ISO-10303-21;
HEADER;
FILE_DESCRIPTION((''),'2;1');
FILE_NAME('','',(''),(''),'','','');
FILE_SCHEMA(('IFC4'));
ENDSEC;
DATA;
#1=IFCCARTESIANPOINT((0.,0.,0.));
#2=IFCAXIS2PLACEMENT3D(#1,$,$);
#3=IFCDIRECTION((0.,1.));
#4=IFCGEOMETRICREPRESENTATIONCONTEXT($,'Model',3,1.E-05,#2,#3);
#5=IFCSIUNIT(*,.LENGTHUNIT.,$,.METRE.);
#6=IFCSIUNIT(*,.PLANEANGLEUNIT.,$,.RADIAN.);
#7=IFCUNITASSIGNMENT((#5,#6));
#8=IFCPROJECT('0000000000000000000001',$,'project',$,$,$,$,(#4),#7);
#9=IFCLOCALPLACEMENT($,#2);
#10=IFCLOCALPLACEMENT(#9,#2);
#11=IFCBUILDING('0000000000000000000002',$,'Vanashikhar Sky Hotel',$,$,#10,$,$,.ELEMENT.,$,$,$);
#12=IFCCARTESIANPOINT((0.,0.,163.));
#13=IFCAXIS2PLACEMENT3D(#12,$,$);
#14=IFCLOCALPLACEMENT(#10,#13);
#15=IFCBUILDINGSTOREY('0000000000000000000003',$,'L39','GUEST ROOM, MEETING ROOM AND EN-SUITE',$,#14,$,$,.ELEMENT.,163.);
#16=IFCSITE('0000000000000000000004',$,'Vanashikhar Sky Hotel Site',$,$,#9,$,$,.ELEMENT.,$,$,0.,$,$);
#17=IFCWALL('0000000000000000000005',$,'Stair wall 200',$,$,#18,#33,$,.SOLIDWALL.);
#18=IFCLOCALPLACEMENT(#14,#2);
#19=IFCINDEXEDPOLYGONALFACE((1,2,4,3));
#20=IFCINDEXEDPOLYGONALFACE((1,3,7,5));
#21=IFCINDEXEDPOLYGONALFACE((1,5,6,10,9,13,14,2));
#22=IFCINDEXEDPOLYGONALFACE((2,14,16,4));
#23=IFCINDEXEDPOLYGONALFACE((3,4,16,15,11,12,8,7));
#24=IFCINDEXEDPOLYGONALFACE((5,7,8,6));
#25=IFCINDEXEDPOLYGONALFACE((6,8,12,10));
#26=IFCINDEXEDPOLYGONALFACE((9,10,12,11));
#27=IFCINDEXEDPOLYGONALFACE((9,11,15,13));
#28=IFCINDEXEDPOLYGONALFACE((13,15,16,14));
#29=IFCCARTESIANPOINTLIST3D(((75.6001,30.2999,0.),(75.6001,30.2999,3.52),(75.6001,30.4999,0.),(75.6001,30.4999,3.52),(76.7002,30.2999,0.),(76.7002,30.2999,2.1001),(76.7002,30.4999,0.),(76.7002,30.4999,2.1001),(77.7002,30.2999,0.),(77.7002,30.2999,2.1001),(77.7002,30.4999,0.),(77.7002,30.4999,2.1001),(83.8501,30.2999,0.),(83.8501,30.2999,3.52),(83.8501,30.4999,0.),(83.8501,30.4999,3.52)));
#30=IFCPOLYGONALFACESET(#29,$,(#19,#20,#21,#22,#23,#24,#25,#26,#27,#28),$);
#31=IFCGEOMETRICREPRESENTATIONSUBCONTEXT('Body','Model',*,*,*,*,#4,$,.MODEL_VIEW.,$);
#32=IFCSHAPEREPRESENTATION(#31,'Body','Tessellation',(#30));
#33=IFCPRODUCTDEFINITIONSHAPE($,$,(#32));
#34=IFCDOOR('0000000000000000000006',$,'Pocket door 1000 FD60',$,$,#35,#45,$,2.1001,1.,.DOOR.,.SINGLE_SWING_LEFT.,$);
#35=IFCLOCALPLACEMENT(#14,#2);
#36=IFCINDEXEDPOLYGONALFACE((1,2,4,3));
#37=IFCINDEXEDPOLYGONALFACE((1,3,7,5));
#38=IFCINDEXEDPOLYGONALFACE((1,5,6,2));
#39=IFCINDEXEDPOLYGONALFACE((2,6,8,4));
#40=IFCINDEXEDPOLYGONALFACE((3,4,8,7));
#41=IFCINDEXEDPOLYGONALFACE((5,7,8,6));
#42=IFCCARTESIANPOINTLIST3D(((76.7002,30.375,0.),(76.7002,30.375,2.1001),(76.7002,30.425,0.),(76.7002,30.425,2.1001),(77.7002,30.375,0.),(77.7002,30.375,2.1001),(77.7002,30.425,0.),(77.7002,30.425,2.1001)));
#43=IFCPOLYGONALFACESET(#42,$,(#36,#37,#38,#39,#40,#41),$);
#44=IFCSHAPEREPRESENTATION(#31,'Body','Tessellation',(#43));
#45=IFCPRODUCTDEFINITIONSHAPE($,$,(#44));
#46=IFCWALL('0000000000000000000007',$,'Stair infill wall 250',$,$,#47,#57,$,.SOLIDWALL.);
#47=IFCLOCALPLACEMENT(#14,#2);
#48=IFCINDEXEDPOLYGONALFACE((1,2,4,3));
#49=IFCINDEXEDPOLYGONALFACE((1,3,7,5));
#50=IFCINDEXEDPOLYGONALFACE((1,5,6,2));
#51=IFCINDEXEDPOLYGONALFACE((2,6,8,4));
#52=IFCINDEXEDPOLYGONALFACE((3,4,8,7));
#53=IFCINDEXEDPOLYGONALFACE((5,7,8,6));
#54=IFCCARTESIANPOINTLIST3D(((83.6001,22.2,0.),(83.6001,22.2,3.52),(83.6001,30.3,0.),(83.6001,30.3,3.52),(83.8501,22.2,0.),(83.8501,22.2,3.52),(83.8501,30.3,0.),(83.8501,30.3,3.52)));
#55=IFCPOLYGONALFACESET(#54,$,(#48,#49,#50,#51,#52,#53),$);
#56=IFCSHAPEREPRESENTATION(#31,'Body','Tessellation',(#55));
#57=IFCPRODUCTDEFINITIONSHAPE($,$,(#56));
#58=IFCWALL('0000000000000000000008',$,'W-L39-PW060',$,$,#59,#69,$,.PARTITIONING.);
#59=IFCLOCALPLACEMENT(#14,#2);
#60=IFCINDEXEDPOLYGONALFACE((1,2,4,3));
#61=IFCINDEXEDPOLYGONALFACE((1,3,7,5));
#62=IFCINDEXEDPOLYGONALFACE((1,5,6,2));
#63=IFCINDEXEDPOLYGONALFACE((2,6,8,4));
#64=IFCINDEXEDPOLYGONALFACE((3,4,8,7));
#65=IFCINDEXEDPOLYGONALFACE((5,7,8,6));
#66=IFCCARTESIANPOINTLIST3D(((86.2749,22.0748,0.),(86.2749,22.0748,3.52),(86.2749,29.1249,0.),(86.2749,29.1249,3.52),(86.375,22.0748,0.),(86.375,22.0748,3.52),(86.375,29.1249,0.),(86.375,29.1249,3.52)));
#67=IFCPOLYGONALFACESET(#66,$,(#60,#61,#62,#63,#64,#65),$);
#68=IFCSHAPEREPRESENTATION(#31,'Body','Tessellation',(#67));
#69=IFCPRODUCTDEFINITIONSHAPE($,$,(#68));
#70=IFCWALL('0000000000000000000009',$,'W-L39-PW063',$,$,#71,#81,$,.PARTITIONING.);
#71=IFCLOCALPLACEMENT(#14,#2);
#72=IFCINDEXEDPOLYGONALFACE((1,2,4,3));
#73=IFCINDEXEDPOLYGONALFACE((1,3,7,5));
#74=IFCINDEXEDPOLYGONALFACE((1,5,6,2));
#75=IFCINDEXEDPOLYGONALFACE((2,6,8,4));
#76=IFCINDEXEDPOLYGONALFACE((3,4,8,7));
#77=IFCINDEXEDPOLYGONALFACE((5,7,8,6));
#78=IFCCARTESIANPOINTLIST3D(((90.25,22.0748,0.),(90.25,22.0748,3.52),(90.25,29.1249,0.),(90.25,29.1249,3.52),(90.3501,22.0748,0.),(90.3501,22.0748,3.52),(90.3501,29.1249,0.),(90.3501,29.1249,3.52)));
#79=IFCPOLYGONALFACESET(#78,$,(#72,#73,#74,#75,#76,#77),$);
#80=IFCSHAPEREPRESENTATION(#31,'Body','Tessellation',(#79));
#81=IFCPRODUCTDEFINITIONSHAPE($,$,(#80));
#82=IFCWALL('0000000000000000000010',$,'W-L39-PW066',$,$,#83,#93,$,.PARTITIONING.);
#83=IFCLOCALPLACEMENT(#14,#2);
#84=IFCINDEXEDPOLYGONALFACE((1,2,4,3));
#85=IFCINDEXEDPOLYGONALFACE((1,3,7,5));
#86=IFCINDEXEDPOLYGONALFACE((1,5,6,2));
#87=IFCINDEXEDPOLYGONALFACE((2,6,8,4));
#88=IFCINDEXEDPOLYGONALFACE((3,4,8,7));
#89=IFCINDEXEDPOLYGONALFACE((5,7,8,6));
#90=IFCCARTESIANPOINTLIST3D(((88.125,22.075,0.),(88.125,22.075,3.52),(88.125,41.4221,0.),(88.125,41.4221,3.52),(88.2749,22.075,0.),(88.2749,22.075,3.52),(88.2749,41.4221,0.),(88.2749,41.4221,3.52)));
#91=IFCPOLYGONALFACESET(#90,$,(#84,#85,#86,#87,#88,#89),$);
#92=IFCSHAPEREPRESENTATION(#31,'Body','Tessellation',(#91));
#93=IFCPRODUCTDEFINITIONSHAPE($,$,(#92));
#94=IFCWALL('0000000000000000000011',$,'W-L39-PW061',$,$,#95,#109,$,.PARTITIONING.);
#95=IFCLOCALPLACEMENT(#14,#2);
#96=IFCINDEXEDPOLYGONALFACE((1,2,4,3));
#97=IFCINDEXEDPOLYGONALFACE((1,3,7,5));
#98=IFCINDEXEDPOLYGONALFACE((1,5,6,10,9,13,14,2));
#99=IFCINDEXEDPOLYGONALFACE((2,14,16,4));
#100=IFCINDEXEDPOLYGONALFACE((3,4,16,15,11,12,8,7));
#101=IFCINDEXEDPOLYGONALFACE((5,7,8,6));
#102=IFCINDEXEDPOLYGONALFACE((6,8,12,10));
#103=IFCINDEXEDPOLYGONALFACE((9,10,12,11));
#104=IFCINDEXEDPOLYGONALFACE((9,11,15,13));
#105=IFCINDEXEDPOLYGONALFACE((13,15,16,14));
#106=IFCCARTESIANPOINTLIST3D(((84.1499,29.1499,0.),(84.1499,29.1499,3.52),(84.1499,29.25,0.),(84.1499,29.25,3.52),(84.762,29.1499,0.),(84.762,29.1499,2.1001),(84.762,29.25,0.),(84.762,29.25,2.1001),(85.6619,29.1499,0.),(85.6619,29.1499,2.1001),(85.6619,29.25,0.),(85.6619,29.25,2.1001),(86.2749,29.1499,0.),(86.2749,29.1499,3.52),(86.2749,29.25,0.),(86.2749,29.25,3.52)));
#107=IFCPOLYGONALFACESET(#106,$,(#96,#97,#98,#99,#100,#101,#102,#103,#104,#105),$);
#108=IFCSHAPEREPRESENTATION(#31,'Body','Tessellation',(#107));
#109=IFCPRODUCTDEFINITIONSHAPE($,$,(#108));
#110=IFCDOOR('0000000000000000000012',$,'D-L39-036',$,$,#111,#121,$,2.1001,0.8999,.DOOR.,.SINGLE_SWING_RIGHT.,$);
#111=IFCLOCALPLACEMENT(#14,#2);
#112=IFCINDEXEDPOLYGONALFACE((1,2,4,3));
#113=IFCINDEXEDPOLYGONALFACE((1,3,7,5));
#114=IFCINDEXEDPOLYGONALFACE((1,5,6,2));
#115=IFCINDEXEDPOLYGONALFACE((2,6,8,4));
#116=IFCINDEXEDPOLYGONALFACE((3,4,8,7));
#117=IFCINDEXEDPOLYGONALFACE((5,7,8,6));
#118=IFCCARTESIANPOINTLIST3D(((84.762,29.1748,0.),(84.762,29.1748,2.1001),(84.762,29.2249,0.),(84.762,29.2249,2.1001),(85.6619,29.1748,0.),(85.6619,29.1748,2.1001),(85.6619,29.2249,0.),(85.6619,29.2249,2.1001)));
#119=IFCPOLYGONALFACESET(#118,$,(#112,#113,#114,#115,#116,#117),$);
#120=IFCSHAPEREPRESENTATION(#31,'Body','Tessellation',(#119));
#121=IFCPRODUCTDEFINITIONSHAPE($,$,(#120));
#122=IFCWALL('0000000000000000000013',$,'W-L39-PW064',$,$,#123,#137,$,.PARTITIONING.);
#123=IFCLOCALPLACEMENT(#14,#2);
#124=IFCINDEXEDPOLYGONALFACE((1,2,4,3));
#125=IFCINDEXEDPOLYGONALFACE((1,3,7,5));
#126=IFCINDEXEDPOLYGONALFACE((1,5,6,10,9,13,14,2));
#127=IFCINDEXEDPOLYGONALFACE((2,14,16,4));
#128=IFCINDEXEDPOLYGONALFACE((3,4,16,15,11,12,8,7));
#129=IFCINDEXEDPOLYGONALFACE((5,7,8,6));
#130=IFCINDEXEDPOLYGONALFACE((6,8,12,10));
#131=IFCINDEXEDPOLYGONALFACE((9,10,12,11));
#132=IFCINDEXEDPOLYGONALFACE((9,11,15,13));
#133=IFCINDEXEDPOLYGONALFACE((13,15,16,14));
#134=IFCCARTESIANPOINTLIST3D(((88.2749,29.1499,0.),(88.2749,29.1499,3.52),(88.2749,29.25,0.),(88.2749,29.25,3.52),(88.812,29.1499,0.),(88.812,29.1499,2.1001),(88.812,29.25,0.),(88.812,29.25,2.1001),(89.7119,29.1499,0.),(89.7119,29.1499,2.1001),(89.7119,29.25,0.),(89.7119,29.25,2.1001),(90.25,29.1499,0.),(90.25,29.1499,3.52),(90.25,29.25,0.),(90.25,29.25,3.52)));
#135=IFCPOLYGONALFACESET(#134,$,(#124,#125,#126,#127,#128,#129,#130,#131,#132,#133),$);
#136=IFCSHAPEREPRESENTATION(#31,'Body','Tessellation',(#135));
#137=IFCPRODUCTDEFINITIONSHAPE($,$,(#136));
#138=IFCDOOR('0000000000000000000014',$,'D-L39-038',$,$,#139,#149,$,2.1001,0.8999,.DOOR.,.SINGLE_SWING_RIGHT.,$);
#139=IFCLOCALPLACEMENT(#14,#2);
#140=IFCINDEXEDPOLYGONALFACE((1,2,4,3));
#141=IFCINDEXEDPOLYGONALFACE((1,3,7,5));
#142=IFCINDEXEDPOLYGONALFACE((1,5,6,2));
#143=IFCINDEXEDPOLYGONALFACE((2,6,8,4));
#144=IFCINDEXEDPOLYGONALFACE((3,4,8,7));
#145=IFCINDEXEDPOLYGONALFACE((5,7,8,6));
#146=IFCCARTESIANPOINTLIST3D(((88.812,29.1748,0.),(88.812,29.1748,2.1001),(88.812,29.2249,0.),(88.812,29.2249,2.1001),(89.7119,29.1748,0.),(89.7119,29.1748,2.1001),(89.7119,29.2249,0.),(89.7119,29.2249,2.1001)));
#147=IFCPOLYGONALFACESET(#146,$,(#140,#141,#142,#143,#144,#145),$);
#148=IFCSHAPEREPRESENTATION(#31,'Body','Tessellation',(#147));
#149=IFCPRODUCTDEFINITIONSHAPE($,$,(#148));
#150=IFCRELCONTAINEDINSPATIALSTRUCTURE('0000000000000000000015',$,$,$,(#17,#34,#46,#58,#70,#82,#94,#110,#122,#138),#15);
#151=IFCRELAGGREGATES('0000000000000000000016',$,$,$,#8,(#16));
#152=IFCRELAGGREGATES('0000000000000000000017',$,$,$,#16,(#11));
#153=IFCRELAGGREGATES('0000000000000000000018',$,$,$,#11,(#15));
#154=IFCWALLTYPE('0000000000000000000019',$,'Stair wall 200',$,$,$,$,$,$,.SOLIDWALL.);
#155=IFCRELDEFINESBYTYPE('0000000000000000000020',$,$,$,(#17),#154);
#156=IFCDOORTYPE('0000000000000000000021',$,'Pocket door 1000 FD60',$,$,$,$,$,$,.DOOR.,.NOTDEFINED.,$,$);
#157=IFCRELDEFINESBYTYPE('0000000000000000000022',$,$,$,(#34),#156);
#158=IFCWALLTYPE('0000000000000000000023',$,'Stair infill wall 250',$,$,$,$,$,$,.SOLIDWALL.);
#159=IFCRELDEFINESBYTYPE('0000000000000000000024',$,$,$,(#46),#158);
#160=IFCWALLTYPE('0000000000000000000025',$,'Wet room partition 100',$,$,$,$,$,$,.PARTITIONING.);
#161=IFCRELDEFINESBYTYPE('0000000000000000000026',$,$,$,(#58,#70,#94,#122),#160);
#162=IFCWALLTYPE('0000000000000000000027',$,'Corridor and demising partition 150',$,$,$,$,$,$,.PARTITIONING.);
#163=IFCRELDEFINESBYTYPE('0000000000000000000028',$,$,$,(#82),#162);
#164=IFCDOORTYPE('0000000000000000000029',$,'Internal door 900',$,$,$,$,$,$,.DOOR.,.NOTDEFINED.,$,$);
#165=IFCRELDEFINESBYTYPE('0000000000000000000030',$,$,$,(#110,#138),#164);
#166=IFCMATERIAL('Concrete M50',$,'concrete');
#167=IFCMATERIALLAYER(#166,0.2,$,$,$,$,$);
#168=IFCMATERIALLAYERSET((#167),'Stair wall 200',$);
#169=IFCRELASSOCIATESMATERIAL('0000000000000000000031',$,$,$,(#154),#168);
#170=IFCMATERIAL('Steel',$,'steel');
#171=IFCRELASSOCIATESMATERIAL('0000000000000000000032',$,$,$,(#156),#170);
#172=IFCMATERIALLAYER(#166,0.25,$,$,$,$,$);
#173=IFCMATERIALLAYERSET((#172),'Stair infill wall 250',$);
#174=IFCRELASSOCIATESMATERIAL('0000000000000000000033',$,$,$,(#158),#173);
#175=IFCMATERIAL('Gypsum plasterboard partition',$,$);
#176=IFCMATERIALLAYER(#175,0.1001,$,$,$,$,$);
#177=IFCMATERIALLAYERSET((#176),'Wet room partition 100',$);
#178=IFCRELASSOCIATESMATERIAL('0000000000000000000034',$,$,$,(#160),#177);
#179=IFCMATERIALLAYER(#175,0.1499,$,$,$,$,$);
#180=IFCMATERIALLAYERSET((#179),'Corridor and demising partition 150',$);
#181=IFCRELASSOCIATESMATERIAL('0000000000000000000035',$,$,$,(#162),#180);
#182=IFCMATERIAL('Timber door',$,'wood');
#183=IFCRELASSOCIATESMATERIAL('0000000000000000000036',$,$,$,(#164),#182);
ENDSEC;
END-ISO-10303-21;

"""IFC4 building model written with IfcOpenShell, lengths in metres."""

from ifc_helpers import new_model, si_unit, direction, frame, frame_2d, origin, place, context, subcontext, project, spatial, rectangle, extrude, source, transform, mapped, material, layer, layer_set, type_object, element, fill, save


model = new_model("IFC4")

# Units and contexts
model_context = context("Model", 3, precision=1e-05, world=origin(), true_north=direction((0.0, 1.0)))
body_context = subcontext(model_context, "Body", "Model", "MODEL_VIEW")
ifc_project = project(units=[si_unit("LENGTHUNIT", "METRE"), si_unit("PLANEANGLEUNIT", "RADIAN")], contexts=[model_context])

# Site, building, storey
site_placement = place(None, origin())
site = spatial("IfcSite", under=ifc_project, at=site_placement, Name="Vanashikhar Sky Hotel Site", CompositionType="ELEMENT", RefElevation=0.0)
building_placement = place(site_placement, origin())
building = spatial("IfcBuilding", under=site, at=building_placement, Name="Vanashikhar Sky Hotel", CompositionType="ELEMENT")
storey_placement = place(building_placement, frame((0.0, 0.0, 163.0)))
storey = spatial("IfcBuildingStorey", under=building, at=storey_placement, Name="L39", Description="GUEST ROOM, MEETING ROOM AND EN-SUITE", CompositionType="ELEMENT", Elevation=163.0)

# Shared definitions
ifc_material_1 = material(Name="Steel", Category="steel")
ifc_material_2 = material(Name="Concrete M50", Category="concrete")
ifc_layer_1 = layer(ifc_material_2, 0.2)
ifc_layer_set_1 = layer_set([ifc_layer_1], Name="Stair wall 200")
wall_type_1 = type_object("IfcWallType", Name="Stair wall 200", PredefinedType="SOLIDWALL", material=ifc_layer_set_1)

# Wall, opening, door
shared_shape_1 = source(origin(), body_context, "Body", "SweptSolid", [
    extrude(rectangle(XDim=8.25, YDim=0.2, at=frame_2d((4.125, 0.0))), origin(), (0.0, 0.0, 1.0), 3.52),
])
wall_1_placement = place(storey_placement, frame((83.8501, 30.3999, 0.0), z_axis=(0.0, 0.0, 1.0), x_axis=(-1.0, 0.0, 0.0)))
wall_1 = element("IfcWall", 1, at=wall_1_placement, inside=storey, type_object=wall_type_1, Name="Stair wall 200", PredefinedType="SOLIDWALL", context=body_context, shape_type="MappedRepresentation", body=[
    mapped(shared_shape_1, transform((0.0, 0.0, 0.0), scale=1.0)),
])
shared_shape_2 = source(origin(), body_context, "Body", "SweptSolid", [
    extrude(rectangle(XDim=1.0, YDim=2.1001, at=frame_2d((0.5, 1.05))), frame((0.0, 0.1099, 0.0), z_axis=(0.0, -1.0, 0.0), x_axis=(1.0, 0.0, 0.0)), (0.0, 0.0, 1.0), 0.22),
])
opening_1_placement = place(wall_1_placement, frame((6.1499, 0.0, 0.0)))
opening_1 = element("IfcOpeningElement", 2, at=opening_1_placement, cuts=wall_1, PredefinedType="OPENING", context=body_context, shape_type="MappedRepresentation", body=[
    mapped(shared_shape_2, transform((0.0, 0.0, 0.0), scale=1.0)),
])
door_type_1 = type_object("IfcDoorType", Name="Pocket door 1000 FD60", OperationType="NOTDEFINED", PredefinedType="DOOR", material=ifc_material_1)
shared_shape_3 = source(origin(), body_context, "Body", "SweptSolid", [
    extrude(rectangle(XDim=1.0, YDim=2.1001, at=frame_2d((0.5, 1.05))), frame((0.0, 0.0249, 0.0), z_axis=(0.0, -1.0, 0.0), x_axis=(1.0, 0.0, 0.0)), (0.0, 0.0, 1.0), 0.05),
])
door_1_placement = place(opening_1_placement, origin())
door_1 = element("IfcDoor", 3, at=door_1_placement, inside=storey, type_object=door_type_1, Name="Pocket door 1000 FD60", OperationType="SINGLE_SWING_LEFT", OverallHeight=2.1001, OverallWidth=1.0, PredefinedType="DOOR", context=body_context, shape_type="MappedRepresentation", body=[
    mapped(shared_shape_3, transform((0.0, 0.0, 0.0), scale=1.0)),
])
fill(opening_1, door_1)

# Walls
ifc_layer_2 = layer(ifc_material_2, 0.25)
ifc_layer_set_2 = layer_set([ifc_layer_2], Name="Stair infill wall 250")
wall_type_2 = type_object("IfcWallType", Name="Stair infill wall 250", PredefinedType="SOLIDWALL", material=ifc_layer_set_2)
shared_shape_4 = source(origin(), body_context, "Body", "SweptSolid", [
    extrude(rectangle(XDim=8.1001, YDim=0.25, at=frame_2d((4.05, 0.0))), origin(), (0.0, 0.0, 1.0), 3.52),
])
wall_2_placement = place(storey_placement, frame((83.7251, 22.2, 0.0), z_axis=(0.0, 0.0, 1.0), x_axis=(0.0, 1.0, 0.0)))
element("IfcWall", 4, at=wall_2_placement, inside=storey, type_object=wall_type_2, Name="Stair infill wall 250", PredefinedType="SOLIDWALL", context=body_context, shape_type="MappedRepresentation", body=[
    mapped(shared_shape_4, transform((0.0, 0.0, 0.0), scale=1.0)),
])
ifc_material_3 = material(Name="Gypsum plasterboard partition")
ifc_layer_3 = layer(ifc_material_3, 0.1001)
ifc_layer_set_3 = layer_set([ifc_layer_3], Name="Wet room partition 100")
wall_type_3 = type_object("IfcWallType", Name="Wet room partition 100", PredefinedType="PARTITIONING", material=ifc_layer_set_3)
shared_shape_5 = source(origin(), body_context, "Body", "SweptSolid", [
    extrude(rectangle(XDim=7.05, YDim=0.1001, at=frame_2d((3.5249, 0.0))), origin(), (0.0, 0.0, 1.0), 3.52),
])
for number, where, z_axis, x_axis, name in (
    (5, (86.325, 22.075, 0.0), (0.0, 0.0, 1.0), (0.0, 1.0, 0.0), "W-L39-PW060"),
    (6, (90.3, 22.075, 0.0), (0.0, 0.0, 1.0), (0.0, 1.0, 0.0), "W-L39-PW063"),
):
    element("IfcWall", number, at=place(storey_placement, frame(where, z_axis=z_axis, x_axis=x_axis)), inside=storey, type_object=wall_type_3, Name=name, PredefinedType="PARTITIONING", context=body_context, shape_type="MappedRepresentation", body=[
        mapped(shared_shape_5, transform((0.0, 0.0, 0.0), scale=1.0)),
    ])
ifc_layer_4 = layer(ifc_material_3, 0.1499)
ifc_layer_set_4 = layer_set([ifc_layer_4], Name="Corridor and demising partition 150")
wall_type_4 = type_object("IfcWallType", Name="Corridor and demising partition 150", PredefinedType="PARTITIONING", material=ifc_layer_set_4)
shared_shape_6 = source(origin(), body_context, "Body", "SweptSolid", [
    extrude(rectangle(XDim=19.3472, YDim=0.1499, at=frame_2d((9.6736, 0.0))), origin(), (0.0, 0.0, 1.0), 3.52),
])
wall_3_placement = place(storey_placement, frame((88.2, 22.075, 0.0), z_axis=(0.0, 0.0, 1.0), x_axis=(0.0, 1.0, 0.0)))
element("IfcWall", 7, at=wall_3_placement, inside=storey, type_object=wall_type_4, Name="W-L39-PW066", PredefinedType="PARTITIONING", context=body_context, shape_type="MappedRepresentation", body=[
    mapped(shared_shape_6, transform((0.0, 0.0, 0.0), scale=1.0)),
])

# Walls, openings, doors
shared_shape_7 = source(origin(), body_context, "Body", "SweptSolid", [
    extrude(rectangle(XDim=2.125, YDim=0.1001, at=frame_2d((1.0625, 0.0))), origin(), (0.0, 0.0, 1.0), 3.52),
])
wall_4_placement = place(storey_placement, frame((84.1499, 29.2, 0.0), z_axis=(0.0, 0.0, 1.0), x_axis=(1.0, 0.0, 0.0)))
wall_4 = element("IfcWall", 8, at=wall_4_placement, inside=storey, type_object=wall_type_3, Name="W-L39-PW061", PredefinedType="PARTITIONING", context=body_context, shape_type="MappedRepresentation", body=[
    mapped(shared_shape_7, transform((0.0, 0.0, 0.0), scale=1.0)),
])
shared_shape_8 = source(origin(), body_context, "Body", "SweptSolid", [
    extrude(rectangle(XDim=0.8999, YDim=2.1001, at=frame_2d((0.45, 1.05))), frame((0.0, 0.0601, 0.0), z_axis=(0.0, -1.0, 0.0), x_axis=(1.0, 0.0, 0.0)), (0.0, 0.0, 1.0), 0.1201),
])
opening_2_placement = place(wall_4_placement, frame((0.6121, 0.0, 0.0)))
opening_2 = element("IfcOpeningElement", 9, at=opening_2_placement, cuts=wall_4, PredefinedType="OPENING", context=body_context, shape_type="MappedRepresentation", body=[
    mapped(shared_shape_8, transform((0.0, 0.0, 0.0), scale=1.0)),
])
ifc_material_4 = material(Name="Timber door", Category="wood")
door_type_2 = type_object("IfcDoorType", Name="Internal door 900", OperationType="NOTDEFINED", PredefinedType="DOOR", material=ifc_material_4)
shared_shape_9 = source(origin(), body_context, "Body", "SweptSolid", [
    extrude(rectangle(XDim=0.8999, YDim=2.1001, at=frame_2d((0.45, 1.05))), frame((0.0, 0.0249, 0.0), z_axis=(0.0, -1.0, 0.0), x_axis=(1.0, 0.0, 0.0)), (0.0, 0.0, 1.0), 0.05),
])
door_2_placement = place(opening_2_placement, origin())
door_2 = element("IfcDoor", 10, at=door_2_placement, inside=storey, type_object=door_type_2, Name="D-L39-036", OperationType="SINGLE_SWING_RIGHT", OverallHeight=2.1001, OverallWidth=0.8999, PredefinedType="DOOR", context=body_context, shape_type="MappedRepresentation", body=[
    mapped(shared_shape_9, transform((0.0, 0.0, 0.0), scale=1.0)),
])
fill(opening_2, door_2)
shared_shape_10 = source(origin(), body_context, "Body", "SweptSolid", [
    extrude(rectangle(XDim=1.9751, YDim=0.1001, at=frame_2d((0.9875, 0.0))), origin(), (0.0, 0.0, 1.0), 3.52),
])
wall_5_placement = place(storey_placement, frame((88.2749, 29.2, 0.0), z_axis=(0.0, 0.0, 1.0), x_axis=(1.0, 0.0, 0.0)))
wall_5 = element("IfcWall", 11, at=wall_5_placement, inside=storey, type_object=wall_type_3, Name="W-L39-PW064", PredefinedType="PARTITIONING", context=body_context, shape_type="MappedRepresentation", body=[
    mapped(shared_shape_10, transform((0.0, 0.0, 0.0), scale=1.0)),
])
opening_3_placement = place(wall_5_placement, frame((0.5371, 0.0, 0.0)))
opening_3 = element("IfcOpeningElement", 12, at=opening_3_placement, cuts=wall_5, PredefinedType="OPENING", context=body_context, shape_type="MappedRepresentation", body=[
    mapped(shared_shape_8, transform((0.0, 0.0, 0.0), scale=1.0)),
])
door_3_placement = place(opening_3_placement, origin())
door_3 = element("IfcDoor", 13, at=door_3_placement, inside=storey, type_object=door_type_2, Name="D-L39-038", OperationType="SINGLE_SWING_RIGHT", OverallHeight=2.1001, OverallWidth=0.8999, PredefinedType="DOOR", context=body_context, shape_type="MappedRepresentation", body=[
    mapped(shared_shape_9, transform((0.0, 0.0, 0.0), scale=1.0)),
])
fill(opening_3, door_3)

save(model, "model.ifc")
